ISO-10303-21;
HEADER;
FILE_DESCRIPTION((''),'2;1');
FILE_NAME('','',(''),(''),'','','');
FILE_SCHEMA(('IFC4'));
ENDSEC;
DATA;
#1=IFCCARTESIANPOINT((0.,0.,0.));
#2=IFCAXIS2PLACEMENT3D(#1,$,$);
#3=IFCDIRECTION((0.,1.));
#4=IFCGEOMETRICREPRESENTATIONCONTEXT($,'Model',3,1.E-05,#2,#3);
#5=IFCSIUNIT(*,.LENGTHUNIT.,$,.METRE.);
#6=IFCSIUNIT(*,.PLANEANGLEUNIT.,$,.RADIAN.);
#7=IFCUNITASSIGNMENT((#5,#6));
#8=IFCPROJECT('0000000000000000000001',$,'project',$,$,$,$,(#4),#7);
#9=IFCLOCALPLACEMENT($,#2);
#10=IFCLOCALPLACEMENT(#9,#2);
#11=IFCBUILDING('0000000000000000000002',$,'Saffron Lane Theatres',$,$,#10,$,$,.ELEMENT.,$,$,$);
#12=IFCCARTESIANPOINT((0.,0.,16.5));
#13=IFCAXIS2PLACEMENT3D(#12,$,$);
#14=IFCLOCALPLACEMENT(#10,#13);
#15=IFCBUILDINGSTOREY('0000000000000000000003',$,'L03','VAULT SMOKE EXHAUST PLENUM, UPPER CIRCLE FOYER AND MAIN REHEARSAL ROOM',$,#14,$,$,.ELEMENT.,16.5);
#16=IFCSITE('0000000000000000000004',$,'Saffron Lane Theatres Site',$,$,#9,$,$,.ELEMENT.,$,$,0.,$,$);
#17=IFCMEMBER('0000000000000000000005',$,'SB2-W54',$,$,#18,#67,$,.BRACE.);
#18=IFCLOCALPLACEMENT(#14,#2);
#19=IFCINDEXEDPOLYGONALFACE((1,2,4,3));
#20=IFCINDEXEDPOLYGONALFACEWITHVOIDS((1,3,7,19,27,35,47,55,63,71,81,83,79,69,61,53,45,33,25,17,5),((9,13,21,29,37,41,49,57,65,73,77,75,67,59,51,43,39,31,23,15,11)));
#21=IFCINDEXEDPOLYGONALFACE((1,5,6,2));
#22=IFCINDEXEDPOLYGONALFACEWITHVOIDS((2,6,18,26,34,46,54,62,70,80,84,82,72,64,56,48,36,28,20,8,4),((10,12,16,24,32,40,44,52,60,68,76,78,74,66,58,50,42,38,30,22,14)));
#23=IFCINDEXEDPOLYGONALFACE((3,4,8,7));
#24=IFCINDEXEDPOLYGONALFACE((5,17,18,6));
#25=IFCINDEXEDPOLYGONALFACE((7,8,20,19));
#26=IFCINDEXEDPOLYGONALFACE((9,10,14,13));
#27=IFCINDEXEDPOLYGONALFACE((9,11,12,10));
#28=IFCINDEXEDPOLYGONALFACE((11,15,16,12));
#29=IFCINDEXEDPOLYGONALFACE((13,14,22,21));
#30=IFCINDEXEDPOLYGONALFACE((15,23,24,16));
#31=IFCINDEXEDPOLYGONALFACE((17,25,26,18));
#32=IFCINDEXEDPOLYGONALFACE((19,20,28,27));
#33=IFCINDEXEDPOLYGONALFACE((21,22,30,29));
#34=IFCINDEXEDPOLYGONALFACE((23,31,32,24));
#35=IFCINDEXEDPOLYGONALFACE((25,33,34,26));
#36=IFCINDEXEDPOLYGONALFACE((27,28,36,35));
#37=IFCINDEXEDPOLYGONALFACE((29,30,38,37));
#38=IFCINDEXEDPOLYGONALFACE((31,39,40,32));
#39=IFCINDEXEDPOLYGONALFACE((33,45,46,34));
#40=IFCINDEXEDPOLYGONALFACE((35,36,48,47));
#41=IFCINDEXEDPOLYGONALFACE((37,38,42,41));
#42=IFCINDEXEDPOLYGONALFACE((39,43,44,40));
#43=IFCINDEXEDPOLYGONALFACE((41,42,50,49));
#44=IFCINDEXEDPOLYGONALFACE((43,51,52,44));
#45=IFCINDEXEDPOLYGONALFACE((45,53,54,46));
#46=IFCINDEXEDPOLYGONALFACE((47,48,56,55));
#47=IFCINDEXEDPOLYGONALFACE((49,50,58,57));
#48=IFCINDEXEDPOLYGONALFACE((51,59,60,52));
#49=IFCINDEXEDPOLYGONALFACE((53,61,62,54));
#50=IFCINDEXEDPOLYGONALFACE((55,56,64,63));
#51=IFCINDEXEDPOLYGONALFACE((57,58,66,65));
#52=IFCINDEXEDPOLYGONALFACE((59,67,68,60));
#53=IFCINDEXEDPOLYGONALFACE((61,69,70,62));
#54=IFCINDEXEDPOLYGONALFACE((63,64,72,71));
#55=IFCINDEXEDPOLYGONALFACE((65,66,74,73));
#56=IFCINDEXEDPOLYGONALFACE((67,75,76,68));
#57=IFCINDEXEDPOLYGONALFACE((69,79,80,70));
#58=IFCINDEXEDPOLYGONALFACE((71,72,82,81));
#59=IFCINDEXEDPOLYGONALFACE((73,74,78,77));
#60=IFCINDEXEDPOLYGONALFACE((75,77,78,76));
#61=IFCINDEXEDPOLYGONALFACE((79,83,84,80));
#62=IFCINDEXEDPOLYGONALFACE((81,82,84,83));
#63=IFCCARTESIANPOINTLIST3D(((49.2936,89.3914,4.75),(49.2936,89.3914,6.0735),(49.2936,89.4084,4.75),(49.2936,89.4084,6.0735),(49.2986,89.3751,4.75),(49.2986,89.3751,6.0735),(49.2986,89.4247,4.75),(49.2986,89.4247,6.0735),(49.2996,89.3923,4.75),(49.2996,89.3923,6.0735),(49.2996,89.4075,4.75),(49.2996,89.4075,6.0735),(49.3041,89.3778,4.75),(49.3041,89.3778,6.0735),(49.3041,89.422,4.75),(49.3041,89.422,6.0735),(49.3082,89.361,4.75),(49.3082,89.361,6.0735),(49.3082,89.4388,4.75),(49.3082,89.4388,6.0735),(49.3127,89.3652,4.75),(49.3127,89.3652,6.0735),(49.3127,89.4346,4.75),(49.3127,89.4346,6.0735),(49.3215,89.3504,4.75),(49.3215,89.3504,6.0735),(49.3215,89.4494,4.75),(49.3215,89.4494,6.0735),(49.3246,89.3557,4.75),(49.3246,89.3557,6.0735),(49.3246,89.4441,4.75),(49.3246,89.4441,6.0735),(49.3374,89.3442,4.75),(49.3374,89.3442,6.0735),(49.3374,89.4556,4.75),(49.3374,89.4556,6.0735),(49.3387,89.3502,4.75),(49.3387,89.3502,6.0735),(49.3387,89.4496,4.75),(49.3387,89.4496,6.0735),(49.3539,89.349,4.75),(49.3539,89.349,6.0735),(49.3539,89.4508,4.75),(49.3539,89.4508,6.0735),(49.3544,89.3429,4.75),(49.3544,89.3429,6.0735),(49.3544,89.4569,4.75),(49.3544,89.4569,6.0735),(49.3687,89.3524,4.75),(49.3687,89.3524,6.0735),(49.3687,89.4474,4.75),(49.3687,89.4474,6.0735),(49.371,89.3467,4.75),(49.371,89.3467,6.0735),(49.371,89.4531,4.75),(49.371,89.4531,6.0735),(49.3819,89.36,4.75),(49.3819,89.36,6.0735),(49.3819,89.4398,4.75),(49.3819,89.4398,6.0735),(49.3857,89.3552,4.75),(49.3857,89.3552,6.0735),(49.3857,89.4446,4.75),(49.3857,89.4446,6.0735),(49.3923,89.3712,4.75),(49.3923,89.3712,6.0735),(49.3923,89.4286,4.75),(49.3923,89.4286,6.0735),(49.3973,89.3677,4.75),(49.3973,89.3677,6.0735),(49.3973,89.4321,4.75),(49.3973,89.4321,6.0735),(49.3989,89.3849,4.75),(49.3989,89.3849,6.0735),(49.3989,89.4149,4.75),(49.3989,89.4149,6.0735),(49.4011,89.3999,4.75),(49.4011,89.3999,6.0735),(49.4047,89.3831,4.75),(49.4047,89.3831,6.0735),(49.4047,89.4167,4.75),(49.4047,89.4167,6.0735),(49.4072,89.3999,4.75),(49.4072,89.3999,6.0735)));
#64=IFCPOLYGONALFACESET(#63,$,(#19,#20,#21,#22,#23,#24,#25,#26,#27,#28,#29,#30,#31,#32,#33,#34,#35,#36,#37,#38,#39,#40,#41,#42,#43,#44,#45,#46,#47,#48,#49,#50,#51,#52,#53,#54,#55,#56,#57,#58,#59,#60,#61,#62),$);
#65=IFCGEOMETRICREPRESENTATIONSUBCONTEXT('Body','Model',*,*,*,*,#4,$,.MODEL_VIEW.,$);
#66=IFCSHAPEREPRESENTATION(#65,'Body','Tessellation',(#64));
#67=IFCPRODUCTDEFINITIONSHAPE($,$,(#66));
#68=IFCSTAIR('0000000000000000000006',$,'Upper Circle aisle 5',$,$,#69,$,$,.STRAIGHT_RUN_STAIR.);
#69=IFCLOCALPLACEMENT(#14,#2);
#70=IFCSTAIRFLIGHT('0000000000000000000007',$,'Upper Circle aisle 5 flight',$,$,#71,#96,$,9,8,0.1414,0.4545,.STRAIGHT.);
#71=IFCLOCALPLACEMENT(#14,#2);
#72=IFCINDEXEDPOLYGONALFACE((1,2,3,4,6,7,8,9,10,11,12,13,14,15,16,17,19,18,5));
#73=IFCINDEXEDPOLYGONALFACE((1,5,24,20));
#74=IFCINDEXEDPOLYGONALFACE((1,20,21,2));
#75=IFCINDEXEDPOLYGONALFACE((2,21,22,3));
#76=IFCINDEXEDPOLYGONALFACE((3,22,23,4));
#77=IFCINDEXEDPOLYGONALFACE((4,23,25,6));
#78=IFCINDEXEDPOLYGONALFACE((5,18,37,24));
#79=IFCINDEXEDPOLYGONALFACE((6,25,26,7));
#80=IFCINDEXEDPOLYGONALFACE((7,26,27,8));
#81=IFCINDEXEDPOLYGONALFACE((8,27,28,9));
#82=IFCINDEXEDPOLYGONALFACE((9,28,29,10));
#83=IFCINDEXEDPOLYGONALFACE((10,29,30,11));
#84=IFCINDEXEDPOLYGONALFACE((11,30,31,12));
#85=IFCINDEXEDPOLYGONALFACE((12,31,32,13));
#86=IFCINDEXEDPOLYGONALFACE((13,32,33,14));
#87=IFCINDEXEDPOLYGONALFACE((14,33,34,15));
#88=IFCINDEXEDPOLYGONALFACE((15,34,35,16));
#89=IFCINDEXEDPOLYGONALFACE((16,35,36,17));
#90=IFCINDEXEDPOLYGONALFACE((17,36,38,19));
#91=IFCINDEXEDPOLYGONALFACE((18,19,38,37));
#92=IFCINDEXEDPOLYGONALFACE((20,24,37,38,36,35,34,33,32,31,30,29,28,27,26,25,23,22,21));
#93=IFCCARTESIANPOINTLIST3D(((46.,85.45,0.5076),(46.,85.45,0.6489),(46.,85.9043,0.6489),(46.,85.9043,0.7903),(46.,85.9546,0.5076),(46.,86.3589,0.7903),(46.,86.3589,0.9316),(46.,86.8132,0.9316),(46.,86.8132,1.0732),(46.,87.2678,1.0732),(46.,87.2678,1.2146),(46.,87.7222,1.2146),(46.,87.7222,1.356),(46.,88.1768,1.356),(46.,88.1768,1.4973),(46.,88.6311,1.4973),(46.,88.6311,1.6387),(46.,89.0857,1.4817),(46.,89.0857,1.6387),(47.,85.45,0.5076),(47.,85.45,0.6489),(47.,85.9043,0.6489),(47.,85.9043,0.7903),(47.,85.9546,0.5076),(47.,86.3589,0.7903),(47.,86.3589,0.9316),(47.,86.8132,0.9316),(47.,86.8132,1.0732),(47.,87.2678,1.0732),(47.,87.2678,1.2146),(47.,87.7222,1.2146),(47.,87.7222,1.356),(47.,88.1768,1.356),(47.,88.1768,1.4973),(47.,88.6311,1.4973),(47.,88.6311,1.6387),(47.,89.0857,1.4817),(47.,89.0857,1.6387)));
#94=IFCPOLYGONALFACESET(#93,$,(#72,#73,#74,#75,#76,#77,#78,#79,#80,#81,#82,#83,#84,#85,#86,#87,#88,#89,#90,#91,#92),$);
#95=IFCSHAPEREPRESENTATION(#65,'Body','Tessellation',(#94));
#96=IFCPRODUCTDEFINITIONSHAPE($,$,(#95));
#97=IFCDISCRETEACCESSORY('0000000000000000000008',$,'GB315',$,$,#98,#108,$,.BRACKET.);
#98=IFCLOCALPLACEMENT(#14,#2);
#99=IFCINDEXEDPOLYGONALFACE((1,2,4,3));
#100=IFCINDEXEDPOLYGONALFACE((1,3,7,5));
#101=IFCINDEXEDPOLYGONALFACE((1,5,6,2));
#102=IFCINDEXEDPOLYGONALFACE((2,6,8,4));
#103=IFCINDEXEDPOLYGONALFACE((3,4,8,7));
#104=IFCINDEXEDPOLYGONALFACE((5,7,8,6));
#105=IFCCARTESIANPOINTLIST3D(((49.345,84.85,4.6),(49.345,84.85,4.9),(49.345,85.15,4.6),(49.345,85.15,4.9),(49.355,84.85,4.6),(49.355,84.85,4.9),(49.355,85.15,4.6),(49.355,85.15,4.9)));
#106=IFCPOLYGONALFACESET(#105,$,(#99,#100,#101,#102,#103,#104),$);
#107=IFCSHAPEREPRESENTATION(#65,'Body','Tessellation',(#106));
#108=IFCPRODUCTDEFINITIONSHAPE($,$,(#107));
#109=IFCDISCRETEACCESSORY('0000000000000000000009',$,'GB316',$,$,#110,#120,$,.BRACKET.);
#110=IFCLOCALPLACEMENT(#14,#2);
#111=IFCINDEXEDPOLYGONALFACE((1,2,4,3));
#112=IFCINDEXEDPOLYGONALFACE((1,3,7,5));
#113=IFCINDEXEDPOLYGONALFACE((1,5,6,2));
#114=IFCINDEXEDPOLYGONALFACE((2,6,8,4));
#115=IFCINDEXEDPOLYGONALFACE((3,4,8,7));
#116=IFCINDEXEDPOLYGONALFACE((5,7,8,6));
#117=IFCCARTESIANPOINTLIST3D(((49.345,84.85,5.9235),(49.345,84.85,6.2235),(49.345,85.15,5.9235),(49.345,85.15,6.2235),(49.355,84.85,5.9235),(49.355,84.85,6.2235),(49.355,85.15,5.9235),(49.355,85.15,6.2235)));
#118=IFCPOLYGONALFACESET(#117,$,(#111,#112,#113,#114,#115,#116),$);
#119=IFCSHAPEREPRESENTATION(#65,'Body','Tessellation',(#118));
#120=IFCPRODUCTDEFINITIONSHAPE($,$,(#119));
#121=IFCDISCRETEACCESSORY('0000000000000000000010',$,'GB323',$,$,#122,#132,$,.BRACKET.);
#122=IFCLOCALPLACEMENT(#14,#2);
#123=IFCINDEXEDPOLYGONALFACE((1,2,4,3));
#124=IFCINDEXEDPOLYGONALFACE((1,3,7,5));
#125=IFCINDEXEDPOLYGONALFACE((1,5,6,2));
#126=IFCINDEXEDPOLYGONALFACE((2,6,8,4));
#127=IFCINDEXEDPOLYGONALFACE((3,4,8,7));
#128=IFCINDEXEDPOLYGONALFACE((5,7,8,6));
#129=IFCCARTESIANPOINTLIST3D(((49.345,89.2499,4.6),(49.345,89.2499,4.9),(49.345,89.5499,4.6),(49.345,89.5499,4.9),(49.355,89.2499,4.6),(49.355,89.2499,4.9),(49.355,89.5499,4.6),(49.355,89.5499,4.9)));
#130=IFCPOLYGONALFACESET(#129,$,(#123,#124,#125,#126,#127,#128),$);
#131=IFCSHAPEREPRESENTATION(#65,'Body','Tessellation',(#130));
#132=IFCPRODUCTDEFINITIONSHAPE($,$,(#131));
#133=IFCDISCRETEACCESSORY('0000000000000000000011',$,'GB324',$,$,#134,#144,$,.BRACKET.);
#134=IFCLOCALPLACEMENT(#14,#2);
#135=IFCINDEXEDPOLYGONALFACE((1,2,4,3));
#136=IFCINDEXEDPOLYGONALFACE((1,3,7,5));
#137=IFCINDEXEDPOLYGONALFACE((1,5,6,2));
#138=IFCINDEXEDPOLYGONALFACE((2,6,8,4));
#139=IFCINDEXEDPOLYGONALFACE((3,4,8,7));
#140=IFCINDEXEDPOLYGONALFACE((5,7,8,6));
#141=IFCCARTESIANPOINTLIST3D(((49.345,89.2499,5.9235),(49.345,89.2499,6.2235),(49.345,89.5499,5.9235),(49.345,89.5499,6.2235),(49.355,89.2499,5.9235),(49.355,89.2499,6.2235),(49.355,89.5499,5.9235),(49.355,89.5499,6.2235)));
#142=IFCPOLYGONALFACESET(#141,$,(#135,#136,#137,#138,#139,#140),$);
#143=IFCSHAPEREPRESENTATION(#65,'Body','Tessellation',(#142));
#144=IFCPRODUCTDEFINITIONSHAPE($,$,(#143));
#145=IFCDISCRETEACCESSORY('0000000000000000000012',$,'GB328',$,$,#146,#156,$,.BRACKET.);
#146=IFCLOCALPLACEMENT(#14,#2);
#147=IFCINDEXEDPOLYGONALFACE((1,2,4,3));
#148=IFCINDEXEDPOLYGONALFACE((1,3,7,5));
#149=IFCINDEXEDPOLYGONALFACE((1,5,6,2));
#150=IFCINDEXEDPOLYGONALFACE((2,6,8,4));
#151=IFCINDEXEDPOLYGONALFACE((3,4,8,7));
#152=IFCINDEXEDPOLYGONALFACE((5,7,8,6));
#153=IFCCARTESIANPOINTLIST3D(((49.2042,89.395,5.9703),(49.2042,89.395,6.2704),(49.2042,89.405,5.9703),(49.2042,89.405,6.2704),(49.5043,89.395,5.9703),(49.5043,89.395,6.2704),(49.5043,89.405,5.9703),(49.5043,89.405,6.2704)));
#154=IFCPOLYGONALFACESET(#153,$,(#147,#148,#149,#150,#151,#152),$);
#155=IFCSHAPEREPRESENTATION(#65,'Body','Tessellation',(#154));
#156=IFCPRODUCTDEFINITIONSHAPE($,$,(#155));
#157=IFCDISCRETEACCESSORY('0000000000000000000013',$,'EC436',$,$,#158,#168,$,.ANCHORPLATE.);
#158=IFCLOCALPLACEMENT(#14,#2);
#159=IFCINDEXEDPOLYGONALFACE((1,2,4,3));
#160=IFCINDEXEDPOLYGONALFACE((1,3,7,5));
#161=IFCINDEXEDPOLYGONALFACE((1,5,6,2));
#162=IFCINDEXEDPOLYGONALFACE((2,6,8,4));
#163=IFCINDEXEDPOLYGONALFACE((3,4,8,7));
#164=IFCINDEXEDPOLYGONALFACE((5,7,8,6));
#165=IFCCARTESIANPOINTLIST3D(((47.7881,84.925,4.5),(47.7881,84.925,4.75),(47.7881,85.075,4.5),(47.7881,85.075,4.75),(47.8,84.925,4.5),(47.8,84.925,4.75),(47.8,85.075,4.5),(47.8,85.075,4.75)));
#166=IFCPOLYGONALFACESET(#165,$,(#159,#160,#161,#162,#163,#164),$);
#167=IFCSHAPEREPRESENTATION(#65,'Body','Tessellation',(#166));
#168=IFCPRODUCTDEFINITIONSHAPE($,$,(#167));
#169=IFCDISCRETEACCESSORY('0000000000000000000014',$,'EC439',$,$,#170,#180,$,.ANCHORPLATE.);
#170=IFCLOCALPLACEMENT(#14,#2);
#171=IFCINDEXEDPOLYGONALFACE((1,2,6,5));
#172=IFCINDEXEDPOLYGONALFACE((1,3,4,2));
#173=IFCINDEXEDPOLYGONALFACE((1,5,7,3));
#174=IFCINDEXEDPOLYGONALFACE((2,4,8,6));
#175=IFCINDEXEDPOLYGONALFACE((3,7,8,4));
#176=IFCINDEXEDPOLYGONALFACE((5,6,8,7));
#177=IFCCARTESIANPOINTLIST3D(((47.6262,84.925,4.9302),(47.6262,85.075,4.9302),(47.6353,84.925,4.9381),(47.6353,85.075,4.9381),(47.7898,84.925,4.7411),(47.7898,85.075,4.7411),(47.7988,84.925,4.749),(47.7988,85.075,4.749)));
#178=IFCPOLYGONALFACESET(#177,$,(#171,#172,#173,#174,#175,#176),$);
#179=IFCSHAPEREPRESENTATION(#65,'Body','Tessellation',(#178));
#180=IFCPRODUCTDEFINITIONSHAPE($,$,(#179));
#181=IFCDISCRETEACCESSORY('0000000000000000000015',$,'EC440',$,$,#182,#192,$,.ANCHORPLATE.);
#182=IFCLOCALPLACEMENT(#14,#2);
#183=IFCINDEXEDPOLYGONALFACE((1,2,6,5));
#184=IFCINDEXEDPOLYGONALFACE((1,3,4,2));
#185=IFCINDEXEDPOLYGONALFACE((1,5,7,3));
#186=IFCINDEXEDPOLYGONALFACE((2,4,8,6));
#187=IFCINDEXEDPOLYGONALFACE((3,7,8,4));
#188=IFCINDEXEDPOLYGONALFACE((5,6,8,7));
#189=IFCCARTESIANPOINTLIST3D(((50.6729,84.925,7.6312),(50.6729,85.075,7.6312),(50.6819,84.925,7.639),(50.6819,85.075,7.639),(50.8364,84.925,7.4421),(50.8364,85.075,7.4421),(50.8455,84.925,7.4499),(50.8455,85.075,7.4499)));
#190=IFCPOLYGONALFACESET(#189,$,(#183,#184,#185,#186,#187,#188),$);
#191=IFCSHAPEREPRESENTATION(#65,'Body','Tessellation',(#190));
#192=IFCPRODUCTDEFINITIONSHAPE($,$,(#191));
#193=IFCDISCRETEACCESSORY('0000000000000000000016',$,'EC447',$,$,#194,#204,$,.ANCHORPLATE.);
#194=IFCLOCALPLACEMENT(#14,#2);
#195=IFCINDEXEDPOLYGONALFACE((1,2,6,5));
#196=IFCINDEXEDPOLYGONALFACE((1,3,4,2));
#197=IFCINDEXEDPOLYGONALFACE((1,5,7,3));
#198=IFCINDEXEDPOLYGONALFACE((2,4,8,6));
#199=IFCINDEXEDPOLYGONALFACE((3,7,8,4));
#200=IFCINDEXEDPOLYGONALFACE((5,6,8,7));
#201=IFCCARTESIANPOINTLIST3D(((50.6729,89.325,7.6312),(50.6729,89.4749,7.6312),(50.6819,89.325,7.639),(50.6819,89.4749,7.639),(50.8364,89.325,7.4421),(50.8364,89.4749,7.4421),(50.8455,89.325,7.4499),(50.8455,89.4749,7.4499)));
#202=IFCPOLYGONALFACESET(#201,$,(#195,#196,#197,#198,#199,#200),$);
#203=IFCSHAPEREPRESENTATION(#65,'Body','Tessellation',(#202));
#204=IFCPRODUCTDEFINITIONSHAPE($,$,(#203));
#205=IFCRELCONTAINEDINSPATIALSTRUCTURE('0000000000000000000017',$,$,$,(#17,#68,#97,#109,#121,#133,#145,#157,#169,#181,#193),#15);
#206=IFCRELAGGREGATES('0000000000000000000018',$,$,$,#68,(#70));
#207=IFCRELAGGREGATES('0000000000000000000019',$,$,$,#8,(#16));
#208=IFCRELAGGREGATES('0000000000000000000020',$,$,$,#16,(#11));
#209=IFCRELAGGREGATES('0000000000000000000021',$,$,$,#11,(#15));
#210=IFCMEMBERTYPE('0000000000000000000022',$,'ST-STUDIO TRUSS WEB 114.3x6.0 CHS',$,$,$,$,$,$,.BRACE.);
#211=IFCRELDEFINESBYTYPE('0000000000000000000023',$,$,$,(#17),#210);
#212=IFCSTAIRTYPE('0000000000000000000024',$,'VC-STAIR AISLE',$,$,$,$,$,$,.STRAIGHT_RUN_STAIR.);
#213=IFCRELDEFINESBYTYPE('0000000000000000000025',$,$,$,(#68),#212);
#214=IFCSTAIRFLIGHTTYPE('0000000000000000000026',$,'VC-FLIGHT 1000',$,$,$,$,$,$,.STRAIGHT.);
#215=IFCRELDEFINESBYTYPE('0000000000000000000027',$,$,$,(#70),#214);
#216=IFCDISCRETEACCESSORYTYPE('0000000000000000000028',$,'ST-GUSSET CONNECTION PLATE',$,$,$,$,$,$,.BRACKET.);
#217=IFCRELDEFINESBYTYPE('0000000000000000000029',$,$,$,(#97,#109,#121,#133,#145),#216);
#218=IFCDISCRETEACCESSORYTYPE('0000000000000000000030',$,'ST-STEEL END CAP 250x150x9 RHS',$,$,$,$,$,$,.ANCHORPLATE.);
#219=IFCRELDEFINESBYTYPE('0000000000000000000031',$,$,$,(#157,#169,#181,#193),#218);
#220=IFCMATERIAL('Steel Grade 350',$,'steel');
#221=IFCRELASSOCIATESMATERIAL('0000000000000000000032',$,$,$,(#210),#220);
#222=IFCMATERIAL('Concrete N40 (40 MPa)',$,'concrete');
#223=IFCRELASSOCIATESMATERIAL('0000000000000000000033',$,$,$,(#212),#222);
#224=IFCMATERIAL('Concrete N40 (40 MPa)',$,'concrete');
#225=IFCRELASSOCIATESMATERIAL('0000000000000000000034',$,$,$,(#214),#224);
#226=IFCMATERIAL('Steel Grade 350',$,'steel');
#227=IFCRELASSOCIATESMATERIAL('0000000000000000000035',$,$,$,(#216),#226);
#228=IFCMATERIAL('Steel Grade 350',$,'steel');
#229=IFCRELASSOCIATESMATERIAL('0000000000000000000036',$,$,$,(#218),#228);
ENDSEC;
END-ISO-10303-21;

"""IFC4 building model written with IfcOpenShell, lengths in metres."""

from ifc_helpers import new_model, si_unit, direction, frame, origin, origin_2d, place, context, subcontext, project, spatial, polyline, rectangle, hollow_circle, outline, extrude, material, material_profile, profile_set, type_object, element, aggregate, save


model = new_model("IFC4")

# Units and contexts
model_context = context("Model", 3, precision=1e-05, world=origin(), true_north=direction((0.0, 1.0)))
body_context = subcontext(model_context, "Body", "Model", "MODEL_VIEW")
ifc_project = project(units=[si_unit("LENGTHUNIT", "METRE"), si_unit("PLANEANGLEUNIT", "RADIAN")], contexts=[model_context])

# Site, building, storey
site_placement = place(None, origin())
site = spatial("IfcSite", under=ifc_project, at=site_placement, Name="Saffron Lane Theatres Site", CompositionType="ELEMENT", RefElevation=0.0)
building_placement = place(site_placement, origin())
building = spatial("IfcBuilding", under=site, at=building_placement, Name="Saffron Lane Theatres", CompositionType="ELEMENT")
storey_placement = place(building_placement, frame((0.0, 0.0, 16.5)))
storey = spatial("IfcBuildingStorey", under=building, at=storey_placement, Name="L03", Description="VAULT SMOKE EXHAUST PLENUM, UPPER CIRCLE FOYER AND MAIN REHEARSAL ROOM", CompositionType="ELEMENT", Elevation=16.5)

# Member
ifc_material_1 = material(Name="Steel Grade 350", Category="steel")
ifc_material_profile_1 = material_profile(ifc_material_1, hollow_circle(Radius=0.0571, WallThickness=0.0061, at=origin_2d()))
ifc_profile_set_1 = profile_set([ifc_material_profile_1], Name="Steel Grade 350")
member_type_1 = type_object("IfcMemberType", Name="ST-STUDIO TRUSS WEB 114.3x6.0 CHS", PredefinedType="BRACE", material=ifc_profile_set_1)
for number, where, z_axis, x_axis, name in (
    (1, (49.3501, 89.3999, 4.75), (0.0, 0.0, 1.0), (1.0, 0.0, 0.0), "SB2-W54"),
):
    element("IfcMember", number, at=place(storey_placement, frame(where, z_axis=z_axis, x_axis=x_axis)), inside=storey, type_object=member_type_1, Name=name, PredefinedType="BRACE", context=body_context, shape_type="SweptSolid", body=[
        extrude(hollow_circle(Radius=0.0571, WallThickness=0.0061, at=origin_2d()), origin(), (0.0, 0.0, 1.0), 1.3235),
    ])

# Stair, stair flight
ifc_material_2 = material(Name="Concrete N40 (40 MPa)", Category="concrete")
stair_type = type_object("IfcStairType", Name="VC-STAIR AISLE", PredefinedType="STRAIGHT_RUN_STAIR", material=ifc_material_2)
stair_placement = place(storey_placement, origin())
stair = element("IfcStair", 2, at=stair_placement, inside=storey, type_object=stair_type, Name="Upper Circle aisle 5", PredefinedType="STRAIGHT_RUN_STAIR")
ifc_material_3 = material(Name="Concrete N40 (40 MPa)", Category="concrete")
stair_flight_type = type_object("IfcStairFlightType", Name="VC-FLIGHT 1000", PredefinedType="STRAIGHT", material=ifc_material_3)
stair_flight_placement = place(storey_placement, frame((46.5, 85.45, 0.5076), z_axis=(0.0, 0.0, 1.0), x_axis=(0.0, 1.0, 0.0)))
stair_flight = element("IfcStairFlight", 3, at=stair_flight_placement, type_object=stair_flight_type, Name="Upper Circle aisle 5 flight", NumberOfRisers=9, NumberOfTreads=8, PredefinedType="STRAIGHT", RiserHeight=0.1414, TreadLength=0.4545, context=body_context, shape_type="SweptSolid", body=[
    extrude(outline(polyline([(0.0, 0.0), (0.0, 0.1414), (0.4543, 0.1414), (0.4543, 0.2827), (0.9089, 0.2827), (0.9089, 0.4241), (1.3633, 0.4241), (1.3633, 0.5657), (1.8179, 0.5657), (1.8179, 0.707), (2.2722, 0.707), (2.2722, 0.8484), (2.7268, 0.8484), (2.7268, 0.9897), (3.1812, 0.9897), (3.1812, 1.1311), (3.6357, 1.1311), (3.6357, 1.2725), (3.6357, 0.9741), (0.5046, 0.0), (0.0, 0.0)])), frame((0.0, 0.5, 0.0), z_axis=(0.0, -1.0, 0.0), x_axis=(1.0, 0.0, 0.0)), (0.0, 0.0, 1.0), 1.0),
])
aggregate(stair, [stair_flight])

# Discrete accessories
ifc_material_4 = material(Name="Steel Grade 350", Category="steel")
ifc_material_profile_2 = material_profile(ifc_material_4, rectangle(XDim=0.3, YDim=0.3, at=origin_2d()))
ifc_profile_set_2 = profile_set([ifc_material_profile_2], Name="Steel Grade 350")
discrete_accessory_type_1 = type_object("IfcDiscreteAccessoryType", Name="ST-GUSSET CONNECTION PLATE", PredefinedType="BRACKET", material=ifc_profile_set_2)
for number, where, z_axis, x_axis, name in (
    (4, (49.345, 85.0, 4.75), (1.0, 0.0, 0.0), (0.0, 1.0, 0.0), "GB315"),
    (5, (49.345, 85.0, 6.0735), (1.0, 0.0, 0.0), (0.0, 1.0, 0.0), "GB316"),
    (6, (49.345, 89.3999, 4.75), (1.0, 0.0, 0.0), (0.0, 1.0, 0.0), "GB323"),
    (7, (49.345, 89.3999, 6.0735), (1.0, 0.0, 0.0), (0.0, 1.0, 0.0), "GB324"),
    (8, (49.3542, 89.395, 6.1204), (0.0, 1.0, 0.0), (-1.0, 0.0, 0.0), "GB328"),
):
    element("IfcDiscreteAccessory", number, at=place(storey_placement, frame(where, z_axis=z_axis, x_axis=x_axis)), inside=storey, type_object=discrete_accessory_type_1, Name=name, PredefinedType="BRACKET", context=body_context, shape_type="SweptSolid", body=[
        extrude(rectangle(XDim=0.3, YDim=0.3, at=origin_2d()), origin(), (0.0, 0.0, 1.0), 0.01),
    ])
ifc_material_5 = material(Name="Steel Grade 350", Category="steel")
ifc_material_profile_3 = material_profile(ifc_material_5, rectangle(XDim=0.1499, YDim=0.25, at=origin_2d()))
ifc_profile_set_3 = profile_set([ifc_material_profile_3], Name="Steel Grade 350")
discrete_accessory_type_2 = type_object("IfcDiscreteAccessoryType", Name="ST-STEEL END CAP 250x150x9 RHS", PredefinedType="ANCHORPLATE", material=ifc_profile_set_3)
for number, where, z_axis, x_axis, name in (
    (9, (47.8, 85.0, 4.625), (-1.0, 0.0, 0.0), (0.0, -1.0, 0.0), "EC436"),
    (10, (47.708, 85.0, 4.8357), (0.756363, 0.0, 0.654152), (0.0, 1.0, 0.0), "EC439"),
    (11, (50.7546, 85.0, 7.5366), (0.756363, 0.0, 0.654152), (0.0, 1.0, 0.0), "EC440"),
    (12, (50.7546, 89.3999, 7.5366), (0.756363, 0.0, 0.654152), (0.0, 1.0, 0.0), "EC447"),
):
    element("IfcDiscreteAccessory", number, at=place(storey_placement, frame(where, z_axis=z_axis, x_axis=x_axis)), inside=storey, type_object=discrete_accessory_type_2, Name=name, PredefinedType="ANCHORPLATE", context=body_context, shape_type="SweptSolid", body=[
        extrude(rectangle(XDim=0.1499, YDim=0.25, at=origin_2d()), origin(), (0.0, 0.0, 1.0), 0.012),
    ])

save(model, "model.ifc")
